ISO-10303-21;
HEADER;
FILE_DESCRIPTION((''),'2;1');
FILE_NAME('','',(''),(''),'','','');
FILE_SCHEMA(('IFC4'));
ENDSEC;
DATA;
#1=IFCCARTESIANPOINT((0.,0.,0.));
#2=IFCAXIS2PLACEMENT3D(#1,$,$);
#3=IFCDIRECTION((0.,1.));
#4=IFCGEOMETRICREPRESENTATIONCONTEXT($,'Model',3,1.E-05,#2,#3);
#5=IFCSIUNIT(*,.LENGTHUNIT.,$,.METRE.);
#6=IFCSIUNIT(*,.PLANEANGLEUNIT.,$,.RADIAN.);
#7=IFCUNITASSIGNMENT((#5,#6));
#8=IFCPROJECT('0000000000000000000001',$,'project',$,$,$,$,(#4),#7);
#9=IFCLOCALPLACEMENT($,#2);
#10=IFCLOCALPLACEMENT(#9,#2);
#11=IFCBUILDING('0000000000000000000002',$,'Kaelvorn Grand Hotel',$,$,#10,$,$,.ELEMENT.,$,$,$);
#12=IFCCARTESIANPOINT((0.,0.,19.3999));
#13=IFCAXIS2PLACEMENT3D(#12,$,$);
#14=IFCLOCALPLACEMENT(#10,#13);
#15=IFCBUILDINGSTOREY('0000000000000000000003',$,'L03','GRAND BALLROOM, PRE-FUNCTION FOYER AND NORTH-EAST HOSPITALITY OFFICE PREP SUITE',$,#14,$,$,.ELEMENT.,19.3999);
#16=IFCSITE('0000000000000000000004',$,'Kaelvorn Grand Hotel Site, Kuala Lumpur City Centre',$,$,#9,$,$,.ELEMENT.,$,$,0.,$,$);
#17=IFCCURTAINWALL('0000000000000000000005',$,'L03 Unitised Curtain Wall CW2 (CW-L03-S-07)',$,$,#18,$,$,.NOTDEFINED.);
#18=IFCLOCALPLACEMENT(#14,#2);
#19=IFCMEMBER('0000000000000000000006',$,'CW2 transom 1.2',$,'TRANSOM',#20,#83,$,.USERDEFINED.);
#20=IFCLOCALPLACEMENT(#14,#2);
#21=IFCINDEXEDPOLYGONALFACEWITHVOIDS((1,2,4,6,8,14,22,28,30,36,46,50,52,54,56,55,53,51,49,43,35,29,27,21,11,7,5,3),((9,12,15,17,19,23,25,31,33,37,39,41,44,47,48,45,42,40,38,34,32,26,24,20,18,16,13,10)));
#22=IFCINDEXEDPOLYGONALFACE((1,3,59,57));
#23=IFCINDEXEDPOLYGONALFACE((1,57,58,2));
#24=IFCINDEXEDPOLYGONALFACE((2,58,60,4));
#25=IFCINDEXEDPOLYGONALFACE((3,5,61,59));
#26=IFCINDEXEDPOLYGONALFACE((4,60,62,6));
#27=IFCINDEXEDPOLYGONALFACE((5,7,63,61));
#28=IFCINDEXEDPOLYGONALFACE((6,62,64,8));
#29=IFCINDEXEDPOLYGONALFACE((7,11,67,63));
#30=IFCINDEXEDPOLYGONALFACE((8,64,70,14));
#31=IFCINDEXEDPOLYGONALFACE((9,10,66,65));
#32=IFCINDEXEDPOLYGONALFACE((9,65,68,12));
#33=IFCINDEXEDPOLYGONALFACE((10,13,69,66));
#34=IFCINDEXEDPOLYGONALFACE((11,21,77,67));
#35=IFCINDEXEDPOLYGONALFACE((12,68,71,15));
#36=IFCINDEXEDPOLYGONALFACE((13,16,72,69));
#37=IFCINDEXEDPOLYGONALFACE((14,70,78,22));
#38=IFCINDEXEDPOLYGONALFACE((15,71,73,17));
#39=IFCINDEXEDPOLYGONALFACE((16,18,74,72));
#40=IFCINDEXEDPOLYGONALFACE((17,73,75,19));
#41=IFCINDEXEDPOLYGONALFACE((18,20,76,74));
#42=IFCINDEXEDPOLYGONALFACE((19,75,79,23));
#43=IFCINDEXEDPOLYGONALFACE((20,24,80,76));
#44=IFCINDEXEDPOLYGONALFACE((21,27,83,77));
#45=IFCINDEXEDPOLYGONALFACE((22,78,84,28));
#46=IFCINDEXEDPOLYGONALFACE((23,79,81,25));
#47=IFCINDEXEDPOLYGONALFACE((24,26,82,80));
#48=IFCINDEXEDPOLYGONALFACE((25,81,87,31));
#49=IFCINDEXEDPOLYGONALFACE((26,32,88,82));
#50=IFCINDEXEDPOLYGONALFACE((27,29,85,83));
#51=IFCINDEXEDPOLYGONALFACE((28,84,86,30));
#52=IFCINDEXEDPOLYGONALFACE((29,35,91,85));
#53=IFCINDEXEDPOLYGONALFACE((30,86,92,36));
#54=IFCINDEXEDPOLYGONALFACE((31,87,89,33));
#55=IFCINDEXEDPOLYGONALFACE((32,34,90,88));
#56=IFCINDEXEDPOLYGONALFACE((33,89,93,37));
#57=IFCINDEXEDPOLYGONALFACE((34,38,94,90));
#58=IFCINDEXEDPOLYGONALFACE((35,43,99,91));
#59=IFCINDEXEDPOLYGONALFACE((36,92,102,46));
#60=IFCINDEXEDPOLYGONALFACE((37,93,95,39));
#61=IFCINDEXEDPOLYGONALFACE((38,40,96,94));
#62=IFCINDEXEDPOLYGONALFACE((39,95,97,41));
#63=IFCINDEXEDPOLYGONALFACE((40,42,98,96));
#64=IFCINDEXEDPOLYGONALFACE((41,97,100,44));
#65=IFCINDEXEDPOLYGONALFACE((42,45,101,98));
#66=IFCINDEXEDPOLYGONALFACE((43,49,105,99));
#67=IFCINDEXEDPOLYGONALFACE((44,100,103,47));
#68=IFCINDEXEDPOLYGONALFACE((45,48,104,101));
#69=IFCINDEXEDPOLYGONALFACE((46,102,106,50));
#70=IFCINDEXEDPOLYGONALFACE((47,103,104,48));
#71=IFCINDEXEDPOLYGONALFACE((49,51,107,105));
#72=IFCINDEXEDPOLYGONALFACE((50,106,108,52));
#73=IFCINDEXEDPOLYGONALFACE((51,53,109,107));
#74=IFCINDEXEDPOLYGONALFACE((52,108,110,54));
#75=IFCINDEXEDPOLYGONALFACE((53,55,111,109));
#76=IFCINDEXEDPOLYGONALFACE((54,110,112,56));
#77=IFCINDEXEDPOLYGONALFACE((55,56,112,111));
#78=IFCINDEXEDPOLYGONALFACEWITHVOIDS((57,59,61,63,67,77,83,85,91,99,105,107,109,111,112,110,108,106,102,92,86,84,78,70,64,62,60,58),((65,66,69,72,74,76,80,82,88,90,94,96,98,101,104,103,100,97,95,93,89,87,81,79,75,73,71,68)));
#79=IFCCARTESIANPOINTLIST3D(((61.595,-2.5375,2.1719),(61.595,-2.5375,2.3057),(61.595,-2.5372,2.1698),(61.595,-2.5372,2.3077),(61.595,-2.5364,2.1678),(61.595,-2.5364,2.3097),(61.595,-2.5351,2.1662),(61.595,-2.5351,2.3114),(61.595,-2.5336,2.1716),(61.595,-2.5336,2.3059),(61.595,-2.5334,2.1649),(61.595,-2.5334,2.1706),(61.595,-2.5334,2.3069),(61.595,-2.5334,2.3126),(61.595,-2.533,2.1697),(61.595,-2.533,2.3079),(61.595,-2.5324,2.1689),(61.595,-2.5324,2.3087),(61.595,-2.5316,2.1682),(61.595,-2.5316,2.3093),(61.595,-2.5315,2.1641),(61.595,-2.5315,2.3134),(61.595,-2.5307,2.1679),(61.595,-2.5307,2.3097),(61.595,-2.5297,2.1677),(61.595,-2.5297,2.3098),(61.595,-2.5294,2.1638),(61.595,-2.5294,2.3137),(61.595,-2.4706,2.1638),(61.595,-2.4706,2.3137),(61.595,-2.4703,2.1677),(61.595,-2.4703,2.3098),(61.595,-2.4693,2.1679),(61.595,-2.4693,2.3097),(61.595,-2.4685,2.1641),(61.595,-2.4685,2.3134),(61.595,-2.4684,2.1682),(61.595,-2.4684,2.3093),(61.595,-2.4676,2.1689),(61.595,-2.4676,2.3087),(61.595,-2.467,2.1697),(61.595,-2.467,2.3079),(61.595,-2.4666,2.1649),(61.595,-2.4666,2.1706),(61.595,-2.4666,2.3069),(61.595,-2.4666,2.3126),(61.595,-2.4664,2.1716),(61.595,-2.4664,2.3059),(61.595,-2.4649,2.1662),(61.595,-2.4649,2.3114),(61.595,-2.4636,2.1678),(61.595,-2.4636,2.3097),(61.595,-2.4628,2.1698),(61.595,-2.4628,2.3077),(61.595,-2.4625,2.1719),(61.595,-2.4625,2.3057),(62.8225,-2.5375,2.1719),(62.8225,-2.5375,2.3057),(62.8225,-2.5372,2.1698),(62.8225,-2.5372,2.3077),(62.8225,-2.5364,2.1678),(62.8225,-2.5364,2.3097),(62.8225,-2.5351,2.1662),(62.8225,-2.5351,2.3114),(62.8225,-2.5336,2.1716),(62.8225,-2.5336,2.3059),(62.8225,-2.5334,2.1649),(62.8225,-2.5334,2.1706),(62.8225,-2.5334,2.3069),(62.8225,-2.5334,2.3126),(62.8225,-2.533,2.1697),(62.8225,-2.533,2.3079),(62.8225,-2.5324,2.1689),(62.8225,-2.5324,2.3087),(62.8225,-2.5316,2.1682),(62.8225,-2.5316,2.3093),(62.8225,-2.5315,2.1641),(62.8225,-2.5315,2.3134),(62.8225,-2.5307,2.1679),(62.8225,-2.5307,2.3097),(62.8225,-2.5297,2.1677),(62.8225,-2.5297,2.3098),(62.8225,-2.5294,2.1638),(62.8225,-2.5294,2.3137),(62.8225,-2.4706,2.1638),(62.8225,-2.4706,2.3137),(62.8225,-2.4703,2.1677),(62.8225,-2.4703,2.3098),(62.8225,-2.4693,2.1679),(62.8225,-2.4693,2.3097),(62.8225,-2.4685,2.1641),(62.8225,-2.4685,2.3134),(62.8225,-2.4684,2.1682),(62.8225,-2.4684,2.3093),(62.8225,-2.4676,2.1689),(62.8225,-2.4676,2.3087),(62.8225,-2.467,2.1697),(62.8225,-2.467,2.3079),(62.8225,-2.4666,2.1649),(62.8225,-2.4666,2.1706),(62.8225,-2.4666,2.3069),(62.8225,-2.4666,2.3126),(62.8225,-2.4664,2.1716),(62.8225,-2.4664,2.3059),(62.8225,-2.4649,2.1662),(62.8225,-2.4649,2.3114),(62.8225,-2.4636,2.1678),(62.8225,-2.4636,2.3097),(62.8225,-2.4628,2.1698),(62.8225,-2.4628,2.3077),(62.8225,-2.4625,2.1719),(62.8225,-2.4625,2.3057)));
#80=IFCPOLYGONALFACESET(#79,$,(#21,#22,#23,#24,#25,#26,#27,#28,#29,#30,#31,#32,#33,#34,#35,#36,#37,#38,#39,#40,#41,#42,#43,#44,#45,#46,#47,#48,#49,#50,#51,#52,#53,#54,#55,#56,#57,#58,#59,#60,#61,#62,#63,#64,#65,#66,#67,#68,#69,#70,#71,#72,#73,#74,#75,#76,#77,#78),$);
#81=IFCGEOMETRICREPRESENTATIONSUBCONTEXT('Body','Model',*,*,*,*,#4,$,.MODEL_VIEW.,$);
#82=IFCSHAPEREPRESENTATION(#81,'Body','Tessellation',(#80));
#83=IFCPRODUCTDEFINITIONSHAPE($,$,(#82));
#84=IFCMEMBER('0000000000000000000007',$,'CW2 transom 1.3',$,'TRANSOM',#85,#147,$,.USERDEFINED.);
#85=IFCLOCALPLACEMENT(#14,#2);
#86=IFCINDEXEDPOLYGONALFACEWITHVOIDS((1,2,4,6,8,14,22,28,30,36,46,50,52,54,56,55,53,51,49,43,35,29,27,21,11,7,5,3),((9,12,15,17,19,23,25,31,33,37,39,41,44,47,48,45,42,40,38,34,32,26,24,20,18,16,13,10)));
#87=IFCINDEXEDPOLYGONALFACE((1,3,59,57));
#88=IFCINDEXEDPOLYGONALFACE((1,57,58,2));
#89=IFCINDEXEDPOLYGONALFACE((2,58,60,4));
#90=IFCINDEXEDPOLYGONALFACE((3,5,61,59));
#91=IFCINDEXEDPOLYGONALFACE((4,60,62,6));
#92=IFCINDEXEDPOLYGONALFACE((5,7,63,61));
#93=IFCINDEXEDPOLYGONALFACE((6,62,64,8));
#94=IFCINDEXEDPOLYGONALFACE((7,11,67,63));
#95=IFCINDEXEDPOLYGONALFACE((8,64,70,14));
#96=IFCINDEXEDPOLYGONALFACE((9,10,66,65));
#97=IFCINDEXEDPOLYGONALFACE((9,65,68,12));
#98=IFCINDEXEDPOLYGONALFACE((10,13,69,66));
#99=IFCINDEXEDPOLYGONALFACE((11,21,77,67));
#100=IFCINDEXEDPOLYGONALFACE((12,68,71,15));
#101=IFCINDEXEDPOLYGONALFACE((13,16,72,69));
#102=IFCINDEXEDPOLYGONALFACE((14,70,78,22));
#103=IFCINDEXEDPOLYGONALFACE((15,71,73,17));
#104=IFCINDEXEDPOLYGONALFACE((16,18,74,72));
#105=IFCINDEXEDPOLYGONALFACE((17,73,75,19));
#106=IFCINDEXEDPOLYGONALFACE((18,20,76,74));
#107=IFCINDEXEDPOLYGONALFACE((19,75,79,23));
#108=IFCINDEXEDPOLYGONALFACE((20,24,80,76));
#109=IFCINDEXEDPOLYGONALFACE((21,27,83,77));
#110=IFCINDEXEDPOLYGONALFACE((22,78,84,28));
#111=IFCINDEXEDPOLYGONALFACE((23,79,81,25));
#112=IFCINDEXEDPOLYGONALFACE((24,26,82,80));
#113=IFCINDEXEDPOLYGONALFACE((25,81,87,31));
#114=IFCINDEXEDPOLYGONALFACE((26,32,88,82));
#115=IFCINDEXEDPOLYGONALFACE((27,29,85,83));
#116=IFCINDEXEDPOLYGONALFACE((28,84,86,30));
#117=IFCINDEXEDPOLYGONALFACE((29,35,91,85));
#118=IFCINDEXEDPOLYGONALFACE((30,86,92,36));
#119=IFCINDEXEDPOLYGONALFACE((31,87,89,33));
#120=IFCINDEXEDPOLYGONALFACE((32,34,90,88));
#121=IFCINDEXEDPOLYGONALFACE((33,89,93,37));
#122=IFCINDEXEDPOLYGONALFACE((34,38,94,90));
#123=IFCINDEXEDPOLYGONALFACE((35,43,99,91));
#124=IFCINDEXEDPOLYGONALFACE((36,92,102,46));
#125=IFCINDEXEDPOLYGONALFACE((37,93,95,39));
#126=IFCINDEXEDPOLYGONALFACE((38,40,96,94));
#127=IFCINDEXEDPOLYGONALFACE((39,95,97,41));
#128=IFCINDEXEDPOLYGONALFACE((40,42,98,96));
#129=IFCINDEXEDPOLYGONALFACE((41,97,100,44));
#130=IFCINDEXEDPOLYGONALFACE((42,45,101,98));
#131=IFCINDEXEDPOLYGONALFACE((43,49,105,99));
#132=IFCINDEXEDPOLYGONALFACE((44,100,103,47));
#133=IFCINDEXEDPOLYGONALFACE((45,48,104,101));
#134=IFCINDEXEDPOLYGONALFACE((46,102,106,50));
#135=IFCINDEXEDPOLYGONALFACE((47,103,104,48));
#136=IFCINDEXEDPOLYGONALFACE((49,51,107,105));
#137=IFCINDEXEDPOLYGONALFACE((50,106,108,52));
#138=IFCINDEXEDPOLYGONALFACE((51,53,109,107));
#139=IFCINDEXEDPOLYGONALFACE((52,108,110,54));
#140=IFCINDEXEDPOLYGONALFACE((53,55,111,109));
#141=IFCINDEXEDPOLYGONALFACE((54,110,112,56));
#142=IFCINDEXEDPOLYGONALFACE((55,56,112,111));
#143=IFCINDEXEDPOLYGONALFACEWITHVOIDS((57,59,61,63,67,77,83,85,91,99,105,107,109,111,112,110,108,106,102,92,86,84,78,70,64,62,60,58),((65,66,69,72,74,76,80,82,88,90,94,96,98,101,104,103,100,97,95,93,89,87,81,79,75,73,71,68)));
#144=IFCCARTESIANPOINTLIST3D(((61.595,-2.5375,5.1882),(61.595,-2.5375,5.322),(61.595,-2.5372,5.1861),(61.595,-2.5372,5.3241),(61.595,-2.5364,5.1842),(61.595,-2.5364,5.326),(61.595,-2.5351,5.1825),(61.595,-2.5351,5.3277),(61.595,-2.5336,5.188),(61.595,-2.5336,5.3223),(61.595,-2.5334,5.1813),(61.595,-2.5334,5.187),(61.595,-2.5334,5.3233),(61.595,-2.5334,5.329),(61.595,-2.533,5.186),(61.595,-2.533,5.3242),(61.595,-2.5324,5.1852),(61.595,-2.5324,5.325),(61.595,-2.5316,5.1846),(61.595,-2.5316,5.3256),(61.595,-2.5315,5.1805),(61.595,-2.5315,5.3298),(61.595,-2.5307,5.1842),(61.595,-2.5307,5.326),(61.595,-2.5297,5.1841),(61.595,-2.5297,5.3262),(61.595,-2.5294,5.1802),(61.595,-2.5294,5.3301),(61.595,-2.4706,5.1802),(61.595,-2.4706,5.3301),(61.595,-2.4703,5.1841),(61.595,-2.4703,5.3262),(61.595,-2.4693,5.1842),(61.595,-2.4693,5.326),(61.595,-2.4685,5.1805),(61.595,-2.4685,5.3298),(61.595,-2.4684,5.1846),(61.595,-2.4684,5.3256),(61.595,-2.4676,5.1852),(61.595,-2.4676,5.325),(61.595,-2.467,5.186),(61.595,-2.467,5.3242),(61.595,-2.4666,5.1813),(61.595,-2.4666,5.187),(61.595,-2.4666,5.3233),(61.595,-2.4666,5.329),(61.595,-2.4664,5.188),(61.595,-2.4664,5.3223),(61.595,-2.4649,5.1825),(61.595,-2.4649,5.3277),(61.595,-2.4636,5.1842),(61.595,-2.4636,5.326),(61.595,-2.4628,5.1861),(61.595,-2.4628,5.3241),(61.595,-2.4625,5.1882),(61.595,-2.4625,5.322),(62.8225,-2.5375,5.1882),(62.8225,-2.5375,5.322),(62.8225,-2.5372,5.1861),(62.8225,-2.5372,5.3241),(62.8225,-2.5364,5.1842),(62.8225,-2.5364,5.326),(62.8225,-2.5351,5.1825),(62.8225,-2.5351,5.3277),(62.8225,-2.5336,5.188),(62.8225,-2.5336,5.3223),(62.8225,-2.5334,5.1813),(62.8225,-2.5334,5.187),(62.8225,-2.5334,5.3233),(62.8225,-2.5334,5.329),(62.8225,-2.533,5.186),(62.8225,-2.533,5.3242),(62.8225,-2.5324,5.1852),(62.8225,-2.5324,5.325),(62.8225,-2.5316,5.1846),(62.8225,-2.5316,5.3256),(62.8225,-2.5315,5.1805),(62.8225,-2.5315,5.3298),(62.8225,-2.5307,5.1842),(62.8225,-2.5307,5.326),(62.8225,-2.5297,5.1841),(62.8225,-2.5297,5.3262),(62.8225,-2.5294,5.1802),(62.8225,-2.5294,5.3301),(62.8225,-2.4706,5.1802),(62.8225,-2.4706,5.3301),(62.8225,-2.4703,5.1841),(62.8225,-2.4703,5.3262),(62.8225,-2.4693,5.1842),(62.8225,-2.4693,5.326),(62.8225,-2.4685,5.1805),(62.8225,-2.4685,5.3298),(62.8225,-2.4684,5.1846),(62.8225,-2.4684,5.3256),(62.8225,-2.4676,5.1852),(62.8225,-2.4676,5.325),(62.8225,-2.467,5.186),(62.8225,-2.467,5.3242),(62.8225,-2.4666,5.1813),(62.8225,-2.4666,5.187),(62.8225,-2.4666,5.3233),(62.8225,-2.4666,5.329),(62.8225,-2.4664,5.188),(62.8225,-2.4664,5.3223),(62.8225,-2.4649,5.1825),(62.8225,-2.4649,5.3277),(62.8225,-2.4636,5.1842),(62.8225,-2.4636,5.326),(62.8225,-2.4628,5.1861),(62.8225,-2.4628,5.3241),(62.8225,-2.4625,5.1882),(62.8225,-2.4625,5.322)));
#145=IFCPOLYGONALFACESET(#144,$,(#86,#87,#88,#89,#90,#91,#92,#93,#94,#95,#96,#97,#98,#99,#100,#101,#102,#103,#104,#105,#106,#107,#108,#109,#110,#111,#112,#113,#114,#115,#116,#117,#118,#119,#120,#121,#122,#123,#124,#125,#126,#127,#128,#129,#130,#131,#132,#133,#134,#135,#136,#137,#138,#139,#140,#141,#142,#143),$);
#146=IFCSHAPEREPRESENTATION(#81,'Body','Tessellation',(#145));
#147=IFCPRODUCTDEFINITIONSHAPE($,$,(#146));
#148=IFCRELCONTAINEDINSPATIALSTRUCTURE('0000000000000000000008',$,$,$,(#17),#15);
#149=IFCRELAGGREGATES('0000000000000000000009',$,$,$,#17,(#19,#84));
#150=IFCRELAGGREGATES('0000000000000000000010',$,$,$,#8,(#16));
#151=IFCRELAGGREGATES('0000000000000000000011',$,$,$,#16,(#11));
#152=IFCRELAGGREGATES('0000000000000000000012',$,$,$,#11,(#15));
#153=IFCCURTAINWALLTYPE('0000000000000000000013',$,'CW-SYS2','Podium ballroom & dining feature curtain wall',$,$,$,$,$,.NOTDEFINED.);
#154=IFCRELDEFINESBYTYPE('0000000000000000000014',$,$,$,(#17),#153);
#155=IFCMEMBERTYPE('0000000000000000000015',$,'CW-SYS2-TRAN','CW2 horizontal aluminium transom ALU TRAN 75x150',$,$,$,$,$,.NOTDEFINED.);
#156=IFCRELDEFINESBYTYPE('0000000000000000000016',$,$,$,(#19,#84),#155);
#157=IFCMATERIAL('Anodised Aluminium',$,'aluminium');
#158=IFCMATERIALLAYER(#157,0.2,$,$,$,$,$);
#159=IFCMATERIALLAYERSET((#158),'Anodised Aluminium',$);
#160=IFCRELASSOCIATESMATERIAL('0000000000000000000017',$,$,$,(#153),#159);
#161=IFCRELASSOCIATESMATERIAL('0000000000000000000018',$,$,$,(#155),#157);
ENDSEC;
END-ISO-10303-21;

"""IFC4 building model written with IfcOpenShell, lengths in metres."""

from ifc_helpers import new_model, si_unit, direction, frame, origin, origin_2d, place, context, subcontext, project, spatial, hollow_rectangle, extrude, material, layer, layer_set, material_profile, profile_set, type_object, element, aggregate, save


model = new_model("IFC4")

# Units and contexts
model_context = context("Model", 3, precision=1e-05, world=origin(), true_north=direction((0.0, 1.0)))
body_context = subcontext(model_context, "Body", "Model", "MODEL_VIEW")
ifc_project = project(units=[si_unit("LENGTHUNIT", "METRE"), si_unit("PLANEANGLEUNIT", "RADIAN")], contexts=[model_context])

# Site, building, storey
site_placement = place(None, origin())
site = spatial("IfcSite", under=ifc_project, at=site_placement, Name="Kaelvorn Grand Hotel Site, Kuala Lumpur City Centre", CompositionType="ELEMENT", RefElevation=0.0)
building_placement = place(site_placement, origin())
building = spatial("IfcBuilding", under=site, at=building_placement, Name="Kaelvorn Grand Hotel", CompositionType="ELEMENT")
storey_placement = place(building_placement, frame((0.0, 0.0, 19.3999)))
storey = spatial("IfcBuildingStorey", under=building, at=storey_placement, Name="L03", Description="GRAND BALLROOM, PRE-FUNCTION FOYER AND NORTH-EAST HOSPITALITY OFFICE PREP SUITE", CompositionType="ELEMENT", Elevation=19.3999)

# Shared definitions
ifc_material_1 = material(Name="Anodised Aluminium", Category="aluminium")
ifc_layer_1 = layer(ifc_material_1, 0.2)
ifc_layer_set_1 = layer_set([ifc_layer_1], Name="Anodised Aluminium")
curtain_wall_type = type_object("IfcCurtainWallType", Name="CW-SYS2", Description="Podium ballroom & dining feature curtain wall", PredefinedType="NOTDEFINED", material=ifc_layer_set_1)

# Curtain wall
curtain_wall_1_placement = place(storey_placement, origin())
curtain_wall_1 = element("IfcCurtainWall", 1, at=curtain_wall_1_placement, inside=storey, type_object=curtain_wall_type, Name="L03 Unitised Curtain Wall CW2 (CW-L03-S-07)", PredefinedType="NOTDEFINED")

# Members
ifc_material_profile_1 = material_profile(ifc_material_1, hollow_rectangle(XDim=0.075, YDim=0.1499, WallThickness=0.0039, InnerFilletRadius=0.0039, OuterFilletRadius=0.0081, at=origin_2d()), Name="ALU TRAN 75x150")
ifc_profile_set_1 = profile_set([ifc_material_profile_1], Name="Anodised Aluminium")
member_type_1 = type_object("IfcMemberType", Name="CW-SYS2-TRAN", Description="CW2 horizontal aluminium transom ALU TRAN 75x150", PredefinedType="NOTDEFINED", material=ifc_profile_set_1)
member_1_placement = place(storey_placement, frame((61.595, -2.5, 2.2388), z_axis=(1.0, 0.0, 0.0), x_axis=(0.0, 1.0, 0.0)))
member_1 = element("IfcMember", 2, at=member_1_placement, type_object=member_type_1, Name="CW2 transom 1.2", ObjectType="TRANSOM", PredefinedType="USERDEFINED", context=body_context, shape_type="SweptSolid", body=[
    extrude(hollow_rectangle(XDim=0.075, YDim=0.1499, WallThickness=0.0039, InnerFilletRadius=0.0039, OuterFilletRadius=0.0081, at=origin_2d()), origin(), (0.0, 0.0, 1.0), 1.2275),
])
member_2_placement = place(storey_placement, frame((61.595, -2.5, 5.2551), z_axis=(1.0, 0.0, 0.0), x_axis=(0.0, 1.0, 0.0)))
member_2 = element("IfcMember", 3, at=member_2_placement, type_object=member_type_1, Name="CW2 transom 1.3", ObjectType="TRANSOM", PredefinedType="USERDEFINED", context=body_context, shape_type="SweptSolid", body=[
    extrude(hollow_rectangle(XDim=0.075, YDim=0.1499, WallThickness=0.0039, InnerFilletRadius=0.0039, OuterFilletRadius=0.0081, at=origin_2d()), origin(), (0.0, 0.0, 1.0), 1.2275),
])

aggregate(curtain_wall_1, [member_1, member_2])

save(model, "model.ifc")
